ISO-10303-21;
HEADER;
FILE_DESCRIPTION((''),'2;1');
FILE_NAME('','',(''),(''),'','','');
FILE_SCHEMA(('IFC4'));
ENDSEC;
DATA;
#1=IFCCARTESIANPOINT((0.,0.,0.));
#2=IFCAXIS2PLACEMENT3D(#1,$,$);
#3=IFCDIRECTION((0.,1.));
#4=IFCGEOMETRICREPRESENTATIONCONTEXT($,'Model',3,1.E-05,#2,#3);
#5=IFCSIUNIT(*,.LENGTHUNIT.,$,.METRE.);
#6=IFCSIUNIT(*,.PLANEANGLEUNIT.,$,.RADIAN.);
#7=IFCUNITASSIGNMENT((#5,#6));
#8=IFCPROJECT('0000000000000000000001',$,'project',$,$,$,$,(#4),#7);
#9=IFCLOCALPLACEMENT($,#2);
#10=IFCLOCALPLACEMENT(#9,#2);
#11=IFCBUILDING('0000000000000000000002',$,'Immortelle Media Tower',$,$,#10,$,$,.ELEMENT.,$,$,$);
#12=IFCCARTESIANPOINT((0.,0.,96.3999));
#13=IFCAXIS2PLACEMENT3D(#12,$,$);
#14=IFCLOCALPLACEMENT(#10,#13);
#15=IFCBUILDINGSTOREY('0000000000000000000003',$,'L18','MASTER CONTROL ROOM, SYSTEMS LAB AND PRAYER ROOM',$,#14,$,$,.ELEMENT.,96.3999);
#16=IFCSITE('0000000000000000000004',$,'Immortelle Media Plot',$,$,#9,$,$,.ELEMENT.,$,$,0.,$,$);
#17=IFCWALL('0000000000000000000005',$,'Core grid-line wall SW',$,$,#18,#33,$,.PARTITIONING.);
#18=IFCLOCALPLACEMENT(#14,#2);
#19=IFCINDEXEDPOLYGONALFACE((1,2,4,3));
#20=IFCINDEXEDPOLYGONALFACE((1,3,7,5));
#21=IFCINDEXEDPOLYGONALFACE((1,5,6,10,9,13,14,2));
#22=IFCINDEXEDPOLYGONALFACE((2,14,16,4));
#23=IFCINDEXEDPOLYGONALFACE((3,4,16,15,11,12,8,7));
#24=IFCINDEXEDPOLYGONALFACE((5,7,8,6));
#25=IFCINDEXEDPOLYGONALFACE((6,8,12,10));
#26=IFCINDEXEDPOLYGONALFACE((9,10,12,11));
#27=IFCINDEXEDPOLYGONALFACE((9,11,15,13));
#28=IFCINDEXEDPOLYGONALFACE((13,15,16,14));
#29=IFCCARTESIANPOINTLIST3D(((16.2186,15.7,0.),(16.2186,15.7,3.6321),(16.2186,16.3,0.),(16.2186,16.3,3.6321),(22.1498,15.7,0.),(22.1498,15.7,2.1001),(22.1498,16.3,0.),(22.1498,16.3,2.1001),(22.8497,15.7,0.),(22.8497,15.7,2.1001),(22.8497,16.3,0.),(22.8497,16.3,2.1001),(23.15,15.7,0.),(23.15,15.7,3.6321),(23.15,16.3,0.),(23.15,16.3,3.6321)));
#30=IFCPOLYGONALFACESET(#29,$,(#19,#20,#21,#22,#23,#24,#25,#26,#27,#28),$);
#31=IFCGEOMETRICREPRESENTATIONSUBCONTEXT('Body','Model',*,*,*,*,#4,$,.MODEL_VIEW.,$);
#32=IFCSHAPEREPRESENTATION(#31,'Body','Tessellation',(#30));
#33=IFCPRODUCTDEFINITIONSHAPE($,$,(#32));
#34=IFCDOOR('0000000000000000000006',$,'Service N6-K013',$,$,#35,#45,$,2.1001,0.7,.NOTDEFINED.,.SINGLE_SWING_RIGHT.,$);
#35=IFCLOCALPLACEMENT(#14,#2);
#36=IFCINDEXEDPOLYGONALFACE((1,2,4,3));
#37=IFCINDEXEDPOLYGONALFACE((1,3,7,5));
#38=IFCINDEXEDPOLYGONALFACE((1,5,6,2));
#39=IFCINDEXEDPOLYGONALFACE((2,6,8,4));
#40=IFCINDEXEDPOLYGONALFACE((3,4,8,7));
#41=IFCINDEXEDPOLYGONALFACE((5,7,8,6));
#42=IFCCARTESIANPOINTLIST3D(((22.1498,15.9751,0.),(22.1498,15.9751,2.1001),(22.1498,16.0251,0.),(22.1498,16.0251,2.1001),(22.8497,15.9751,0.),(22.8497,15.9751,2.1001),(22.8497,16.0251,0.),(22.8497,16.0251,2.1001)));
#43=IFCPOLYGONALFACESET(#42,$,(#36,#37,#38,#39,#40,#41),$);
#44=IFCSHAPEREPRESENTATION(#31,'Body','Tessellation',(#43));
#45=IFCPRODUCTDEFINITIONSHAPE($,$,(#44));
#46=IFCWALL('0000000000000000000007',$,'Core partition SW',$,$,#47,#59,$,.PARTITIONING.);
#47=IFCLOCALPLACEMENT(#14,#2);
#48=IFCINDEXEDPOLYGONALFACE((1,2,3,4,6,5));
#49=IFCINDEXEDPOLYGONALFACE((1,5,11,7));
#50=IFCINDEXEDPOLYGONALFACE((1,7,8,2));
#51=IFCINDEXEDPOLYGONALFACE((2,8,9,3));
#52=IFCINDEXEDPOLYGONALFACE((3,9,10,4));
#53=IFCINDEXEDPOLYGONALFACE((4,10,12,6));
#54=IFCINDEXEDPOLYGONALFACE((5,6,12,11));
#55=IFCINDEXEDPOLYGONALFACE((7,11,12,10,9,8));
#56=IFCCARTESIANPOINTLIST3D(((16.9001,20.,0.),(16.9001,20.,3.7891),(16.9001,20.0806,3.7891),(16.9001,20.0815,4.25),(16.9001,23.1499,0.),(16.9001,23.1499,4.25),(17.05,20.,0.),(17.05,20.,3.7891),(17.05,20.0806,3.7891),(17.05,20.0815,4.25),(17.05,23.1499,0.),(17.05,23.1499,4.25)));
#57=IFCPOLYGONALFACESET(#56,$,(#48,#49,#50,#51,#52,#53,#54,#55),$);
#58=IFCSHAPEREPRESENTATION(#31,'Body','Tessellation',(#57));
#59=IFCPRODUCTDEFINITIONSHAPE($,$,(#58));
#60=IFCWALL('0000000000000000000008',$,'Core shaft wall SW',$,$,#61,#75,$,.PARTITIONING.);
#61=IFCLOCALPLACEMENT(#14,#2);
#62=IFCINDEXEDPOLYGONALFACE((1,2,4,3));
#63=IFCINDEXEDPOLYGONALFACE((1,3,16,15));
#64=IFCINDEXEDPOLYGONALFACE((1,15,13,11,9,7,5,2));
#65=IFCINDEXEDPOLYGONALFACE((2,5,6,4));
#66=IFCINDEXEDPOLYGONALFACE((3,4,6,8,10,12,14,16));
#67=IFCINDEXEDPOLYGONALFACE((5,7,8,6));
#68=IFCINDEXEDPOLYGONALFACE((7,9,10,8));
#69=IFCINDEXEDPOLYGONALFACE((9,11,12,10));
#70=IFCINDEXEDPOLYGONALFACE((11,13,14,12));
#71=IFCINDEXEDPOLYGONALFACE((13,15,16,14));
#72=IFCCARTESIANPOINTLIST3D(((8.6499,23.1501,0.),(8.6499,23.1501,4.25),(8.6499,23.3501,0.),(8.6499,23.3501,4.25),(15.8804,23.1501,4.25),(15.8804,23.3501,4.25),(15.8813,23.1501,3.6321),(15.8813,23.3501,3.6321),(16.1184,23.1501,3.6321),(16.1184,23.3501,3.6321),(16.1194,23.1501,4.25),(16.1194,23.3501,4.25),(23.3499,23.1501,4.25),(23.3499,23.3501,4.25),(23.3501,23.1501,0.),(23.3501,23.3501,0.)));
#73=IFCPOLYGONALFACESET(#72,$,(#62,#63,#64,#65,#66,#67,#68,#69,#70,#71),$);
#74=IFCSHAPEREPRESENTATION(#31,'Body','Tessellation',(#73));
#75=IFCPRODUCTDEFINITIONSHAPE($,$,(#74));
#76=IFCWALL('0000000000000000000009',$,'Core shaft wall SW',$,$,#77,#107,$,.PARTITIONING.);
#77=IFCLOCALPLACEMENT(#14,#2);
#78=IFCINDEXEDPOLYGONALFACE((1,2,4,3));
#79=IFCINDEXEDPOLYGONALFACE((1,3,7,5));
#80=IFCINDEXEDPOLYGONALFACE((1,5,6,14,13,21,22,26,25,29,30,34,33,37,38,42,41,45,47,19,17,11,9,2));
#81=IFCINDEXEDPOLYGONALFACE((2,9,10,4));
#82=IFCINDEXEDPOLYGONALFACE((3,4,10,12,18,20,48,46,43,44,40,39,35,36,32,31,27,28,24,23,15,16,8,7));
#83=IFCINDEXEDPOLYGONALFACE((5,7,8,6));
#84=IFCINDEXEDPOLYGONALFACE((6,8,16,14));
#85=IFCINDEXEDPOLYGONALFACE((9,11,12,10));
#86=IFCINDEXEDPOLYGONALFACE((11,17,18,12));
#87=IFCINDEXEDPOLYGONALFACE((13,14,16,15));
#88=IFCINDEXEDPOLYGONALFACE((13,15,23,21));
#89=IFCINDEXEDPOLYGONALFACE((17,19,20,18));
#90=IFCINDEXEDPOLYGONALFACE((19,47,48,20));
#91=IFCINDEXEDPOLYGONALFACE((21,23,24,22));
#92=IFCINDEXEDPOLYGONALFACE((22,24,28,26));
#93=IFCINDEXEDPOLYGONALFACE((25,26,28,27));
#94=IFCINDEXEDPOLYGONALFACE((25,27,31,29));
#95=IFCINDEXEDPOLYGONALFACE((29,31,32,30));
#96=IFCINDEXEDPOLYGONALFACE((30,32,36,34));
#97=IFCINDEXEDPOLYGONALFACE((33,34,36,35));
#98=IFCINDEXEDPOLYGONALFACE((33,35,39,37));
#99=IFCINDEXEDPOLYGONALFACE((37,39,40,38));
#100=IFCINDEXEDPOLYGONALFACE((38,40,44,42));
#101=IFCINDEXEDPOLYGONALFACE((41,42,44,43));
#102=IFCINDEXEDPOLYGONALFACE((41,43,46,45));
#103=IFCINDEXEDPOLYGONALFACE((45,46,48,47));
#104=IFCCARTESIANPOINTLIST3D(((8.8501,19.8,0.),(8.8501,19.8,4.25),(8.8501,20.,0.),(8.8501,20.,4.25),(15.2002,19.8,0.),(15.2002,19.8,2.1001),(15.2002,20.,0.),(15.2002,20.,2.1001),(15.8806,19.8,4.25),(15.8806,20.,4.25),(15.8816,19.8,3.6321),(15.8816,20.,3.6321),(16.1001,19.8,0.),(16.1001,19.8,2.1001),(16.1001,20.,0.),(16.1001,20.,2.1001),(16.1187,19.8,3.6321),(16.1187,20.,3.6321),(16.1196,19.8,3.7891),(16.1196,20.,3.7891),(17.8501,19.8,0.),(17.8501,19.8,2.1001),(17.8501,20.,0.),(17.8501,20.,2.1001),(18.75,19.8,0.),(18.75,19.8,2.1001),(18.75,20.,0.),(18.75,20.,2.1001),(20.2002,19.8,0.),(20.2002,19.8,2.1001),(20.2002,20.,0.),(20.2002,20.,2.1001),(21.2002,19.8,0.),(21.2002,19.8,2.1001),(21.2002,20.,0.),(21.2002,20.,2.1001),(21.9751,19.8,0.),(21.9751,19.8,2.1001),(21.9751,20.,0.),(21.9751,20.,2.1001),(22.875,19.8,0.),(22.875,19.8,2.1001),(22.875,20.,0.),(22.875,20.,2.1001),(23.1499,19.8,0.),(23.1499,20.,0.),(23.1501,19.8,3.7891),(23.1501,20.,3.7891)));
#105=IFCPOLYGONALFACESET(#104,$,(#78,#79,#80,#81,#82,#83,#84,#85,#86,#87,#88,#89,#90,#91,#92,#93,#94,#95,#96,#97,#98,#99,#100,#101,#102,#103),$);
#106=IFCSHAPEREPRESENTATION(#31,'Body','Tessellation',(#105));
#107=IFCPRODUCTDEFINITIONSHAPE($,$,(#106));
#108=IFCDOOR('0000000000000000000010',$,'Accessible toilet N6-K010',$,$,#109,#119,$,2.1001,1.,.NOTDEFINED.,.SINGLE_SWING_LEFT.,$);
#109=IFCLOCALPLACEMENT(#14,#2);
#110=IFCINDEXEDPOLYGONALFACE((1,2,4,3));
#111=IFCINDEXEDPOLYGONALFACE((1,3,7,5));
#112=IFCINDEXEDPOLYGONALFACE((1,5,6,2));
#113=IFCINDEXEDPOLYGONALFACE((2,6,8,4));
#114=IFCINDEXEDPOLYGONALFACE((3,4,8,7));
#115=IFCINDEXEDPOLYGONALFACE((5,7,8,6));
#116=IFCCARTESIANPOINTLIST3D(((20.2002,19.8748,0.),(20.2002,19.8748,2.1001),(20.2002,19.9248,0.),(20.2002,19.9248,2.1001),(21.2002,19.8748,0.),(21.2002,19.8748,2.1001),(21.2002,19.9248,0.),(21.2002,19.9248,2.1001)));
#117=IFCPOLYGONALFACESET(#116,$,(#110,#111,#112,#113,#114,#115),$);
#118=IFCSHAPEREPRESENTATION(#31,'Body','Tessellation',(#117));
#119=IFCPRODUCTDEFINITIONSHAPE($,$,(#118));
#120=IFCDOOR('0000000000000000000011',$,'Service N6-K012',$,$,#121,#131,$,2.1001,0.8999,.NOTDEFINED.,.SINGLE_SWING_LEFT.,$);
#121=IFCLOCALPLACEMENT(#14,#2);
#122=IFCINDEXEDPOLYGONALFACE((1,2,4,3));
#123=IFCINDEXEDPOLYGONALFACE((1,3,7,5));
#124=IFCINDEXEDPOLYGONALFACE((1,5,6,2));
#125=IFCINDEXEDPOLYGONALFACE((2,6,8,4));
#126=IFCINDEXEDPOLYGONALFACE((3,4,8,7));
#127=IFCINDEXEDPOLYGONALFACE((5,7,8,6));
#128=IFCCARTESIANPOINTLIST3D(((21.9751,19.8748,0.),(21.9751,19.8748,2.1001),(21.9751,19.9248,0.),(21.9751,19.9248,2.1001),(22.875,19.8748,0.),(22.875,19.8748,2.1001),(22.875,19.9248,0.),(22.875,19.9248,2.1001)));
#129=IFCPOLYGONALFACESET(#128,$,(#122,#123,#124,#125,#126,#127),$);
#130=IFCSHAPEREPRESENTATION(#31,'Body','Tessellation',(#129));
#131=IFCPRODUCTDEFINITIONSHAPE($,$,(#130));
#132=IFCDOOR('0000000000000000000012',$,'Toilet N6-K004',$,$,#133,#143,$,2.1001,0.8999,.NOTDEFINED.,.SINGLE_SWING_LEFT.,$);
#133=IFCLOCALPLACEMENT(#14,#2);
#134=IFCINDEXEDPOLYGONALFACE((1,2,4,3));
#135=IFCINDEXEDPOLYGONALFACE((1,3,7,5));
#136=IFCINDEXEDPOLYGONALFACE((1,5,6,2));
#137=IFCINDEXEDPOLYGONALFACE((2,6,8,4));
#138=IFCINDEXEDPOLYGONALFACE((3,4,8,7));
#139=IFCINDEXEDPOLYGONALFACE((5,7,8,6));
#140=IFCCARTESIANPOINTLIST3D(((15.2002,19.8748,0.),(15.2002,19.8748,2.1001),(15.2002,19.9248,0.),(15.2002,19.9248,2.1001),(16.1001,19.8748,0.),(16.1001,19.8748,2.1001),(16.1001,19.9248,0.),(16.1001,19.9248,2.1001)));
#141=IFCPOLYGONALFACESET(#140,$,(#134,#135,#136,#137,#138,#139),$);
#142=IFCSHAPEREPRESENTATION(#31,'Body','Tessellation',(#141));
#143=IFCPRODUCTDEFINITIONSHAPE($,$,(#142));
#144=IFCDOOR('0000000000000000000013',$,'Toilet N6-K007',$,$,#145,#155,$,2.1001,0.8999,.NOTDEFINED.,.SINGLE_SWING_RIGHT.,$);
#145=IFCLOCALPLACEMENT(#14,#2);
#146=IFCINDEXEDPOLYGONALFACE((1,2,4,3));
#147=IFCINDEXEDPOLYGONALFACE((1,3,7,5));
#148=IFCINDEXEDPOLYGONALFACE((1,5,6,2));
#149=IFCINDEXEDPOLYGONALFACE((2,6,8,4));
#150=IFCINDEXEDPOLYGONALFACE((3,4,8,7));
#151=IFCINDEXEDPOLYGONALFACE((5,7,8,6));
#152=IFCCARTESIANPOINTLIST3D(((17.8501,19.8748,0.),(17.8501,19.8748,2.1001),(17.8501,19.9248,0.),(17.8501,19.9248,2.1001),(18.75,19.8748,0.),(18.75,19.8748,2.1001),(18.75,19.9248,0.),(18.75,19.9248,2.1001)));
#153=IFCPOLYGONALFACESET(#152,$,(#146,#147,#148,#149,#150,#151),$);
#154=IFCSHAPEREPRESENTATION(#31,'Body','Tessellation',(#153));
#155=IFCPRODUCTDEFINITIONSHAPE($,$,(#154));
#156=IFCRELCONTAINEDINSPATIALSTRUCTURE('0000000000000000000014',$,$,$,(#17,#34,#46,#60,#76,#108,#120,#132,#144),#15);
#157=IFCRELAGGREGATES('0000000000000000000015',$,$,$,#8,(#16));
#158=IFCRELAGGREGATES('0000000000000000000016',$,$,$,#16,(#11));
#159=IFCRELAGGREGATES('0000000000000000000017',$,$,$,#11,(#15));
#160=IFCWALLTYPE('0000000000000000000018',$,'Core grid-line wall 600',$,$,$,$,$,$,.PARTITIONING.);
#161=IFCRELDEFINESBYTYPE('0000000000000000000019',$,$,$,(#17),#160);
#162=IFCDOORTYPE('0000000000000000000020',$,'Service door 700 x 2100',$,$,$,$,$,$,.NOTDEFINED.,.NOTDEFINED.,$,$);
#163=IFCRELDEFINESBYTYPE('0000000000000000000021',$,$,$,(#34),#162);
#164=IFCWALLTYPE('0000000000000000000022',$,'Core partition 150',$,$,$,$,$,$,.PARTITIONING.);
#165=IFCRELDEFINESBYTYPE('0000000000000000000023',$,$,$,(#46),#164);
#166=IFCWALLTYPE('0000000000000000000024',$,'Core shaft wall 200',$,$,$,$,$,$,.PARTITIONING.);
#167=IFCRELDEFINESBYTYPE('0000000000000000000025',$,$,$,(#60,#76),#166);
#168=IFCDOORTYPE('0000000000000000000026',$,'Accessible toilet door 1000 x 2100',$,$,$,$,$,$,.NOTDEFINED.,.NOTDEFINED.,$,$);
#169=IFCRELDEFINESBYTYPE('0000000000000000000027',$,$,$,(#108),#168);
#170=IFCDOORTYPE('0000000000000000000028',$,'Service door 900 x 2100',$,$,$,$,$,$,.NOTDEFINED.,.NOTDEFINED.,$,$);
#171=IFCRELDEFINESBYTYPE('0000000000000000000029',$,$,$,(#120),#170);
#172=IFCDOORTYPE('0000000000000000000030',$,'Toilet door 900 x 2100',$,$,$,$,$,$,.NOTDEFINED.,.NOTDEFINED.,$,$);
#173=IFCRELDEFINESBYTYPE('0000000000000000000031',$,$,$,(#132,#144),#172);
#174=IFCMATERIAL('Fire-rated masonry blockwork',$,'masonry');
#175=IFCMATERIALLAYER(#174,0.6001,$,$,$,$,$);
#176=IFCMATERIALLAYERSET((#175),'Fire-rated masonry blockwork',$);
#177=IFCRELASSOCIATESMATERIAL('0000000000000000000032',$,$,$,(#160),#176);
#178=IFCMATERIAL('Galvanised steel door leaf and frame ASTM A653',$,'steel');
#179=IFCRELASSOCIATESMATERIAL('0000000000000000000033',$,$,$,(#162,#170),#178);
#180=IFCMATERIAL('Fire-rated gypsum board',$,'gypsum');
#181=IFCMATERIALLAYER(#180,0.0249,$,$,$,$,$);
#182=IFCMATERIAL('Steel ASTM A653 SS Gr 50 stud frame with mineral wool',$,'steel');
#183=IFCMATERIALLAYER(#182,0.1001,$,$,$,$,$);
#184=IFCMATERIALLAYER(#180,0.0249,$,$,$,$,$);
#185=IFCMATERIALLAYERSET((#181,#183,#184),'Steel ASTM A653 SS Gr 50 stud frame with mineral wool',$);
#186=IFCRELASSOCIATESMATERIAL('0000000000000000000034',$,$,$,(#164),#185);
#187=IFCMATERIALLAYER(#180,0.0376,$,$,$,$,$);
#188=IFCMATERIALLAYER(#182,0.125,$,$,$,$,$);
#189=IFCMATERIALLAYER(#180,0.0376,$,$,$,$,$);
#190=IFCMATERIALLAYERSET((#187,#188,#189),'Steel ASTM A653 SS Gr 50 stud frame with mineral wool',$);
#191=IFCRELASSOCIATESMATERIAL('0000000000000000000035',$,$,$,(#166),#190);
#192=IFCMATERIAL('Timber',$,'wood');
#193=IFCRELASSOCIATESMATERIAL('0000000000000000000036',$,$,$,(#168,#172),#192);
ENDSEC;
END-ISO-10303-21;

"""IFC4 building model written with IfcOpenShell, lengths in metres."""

from ifc_helpers import new_model, si_unit, direction, frame, frame_2d, origin, place, context, subcontext, project, spatial, polyline, rectangle, outline, extrude, material, layer, layer_set, type_object, element, fill, save


model = new_model("IFC4")

# Units and contexts
model_context = context("Model", 3, precision=1e-05, world=origin(), true_north=direction((0.0, 1.0)))
body_context = subcontext(model_context, "Body", "Model", "MODEL_VIEW")
ifc_project = project(units=[si_unit("LENGTHUNIT", "METRE"), si_unit("PLANEANGLEUNIT", "RADIAN")], contexts=[model_context])

# Site, building, storey
site_placement = place(None, origin())
site = spatial("IfcSite", under=ifc_project, at=site_placement, Name="Immortelle Media Plot", CompositionType="ELEMENT", RefElevation=0.0)
building_placement = place(site_placement, origin())
building = spatial("IfcBuilding", under=site, at=building_placement, Name="Immortelle Media Tower", CompositionType="ELEMENT")
storey_placement = place(building_placement, frame((0.0, 0.0, 96.3999)))
storey = spatial("IfcBuildingStorey", under=building, at=storey_placement, Name="L18", Description="MASTER CONTROL ROOM, SYSTEMS LAB AND PRAYER ROOM", CompositionType="ELEMENT", Elevation=96.3999)

# Wall, opening, door
ifc_material_1 = material(Name="Fire-rated masonry blockwork", Category="masonry")
ifc_layer_1 = layer(ifc_material_1, 0.6001)
ifc_layer_set_1 = layer_set([ifc_layer_1], Name="Fire-rated masonry blockwork")
wall_type_1 = type_object("IfcWallType", Name="Core grid-line wall 600", PredefinedType="PARTITIONING", material=ifc_layer_set_1)
wall_1_placement = place(storey_placement, frame((16.2185, 16.0, 0.0), z_axis=(0.0, 0.0, 1.0), x_axis=(1.0, 0.0, 0.0)))
wall_1 = element("IfcWall", 1, at=wall_1_placement, inside=storey, type_object=wall_type_1, Name="Core grid-line wall SW", PredefinedType="PARTITIONING", context=body_context, shape_type="SweptSolid", body=[
    extrude(rectangle(XDim=6.9314, YDim=0.6001, at=frame_2d((3.4658, 0.0))), origin(), (0.0, 0.0, 1.0), 3.6321),
])
opening_1_placement = place(wall_1_placement, frame((6.6313, 0.0, 0.0), z_axis=(0.0, 0.0, 1.0), x_axis=(-1.0, 0.0, 0.0)))
opening_1 = element("IfcOpeningElement", 2, at=opening_1_placement, cuts=wall_1, PredefinedType="OPENING", context=body_context, shape_type="SweptSolid", body=[
    extrude(rectangle(XDim=0.7, YDim=2.1001, at=frame_2d((0.3501, 1.05))), frame((0.0, 0.3101, 0.0), z_axis=(0.0, -1.0, 0.0), x_axis=(1.0, 0.0, 0.0)), (0.0, 0.0, 1.0), 0.6201),
])
ifc_material_2 = material(Name="Galvanised steel door leaf and frame ASTM A653", Category="steel")
door_type_1 = type_object("IfcDoorType", Name="Service door 700 x 2100", OperationType="NOTDEFINED", PredefinedType="NOTDEFINED", material=ifc_material_2)
door_1_placement = place(opening_1_placement, origin())
door_1 = element("IfcDoor", 3, at=door_1_placement, inside=storey, type_object=door_type_1, Name="Service N6-K013", OperationType="SINGLE_SWING_RIGHT", OverallHeight=2.1001, OverallWidth=0.7, PredefinedType="NOTDEFINED", context=body_context, shape_type="SweptSolid", body=[
    extrude(rectangle(XDim=0.7, YDim=2.1001, at=frame_2d((0.3501, 1.05))), frame((0.0, 0.0249, 0.0), z_axis=(0.0, -1.0, 0.0), x_axis=(1.0, 0.0, 0.0)), (0.0, 0.0, 1.0), 0.05),
])
fill(opening_1, door_1)

# Walls
ifc_material_3 = material(Name="Fire-rated gypsum board", Category="gypsum")
ifc_layer_2 = layer(ifc_material_3, 0.0249)
ifc_material_4 = material(Name="Steel ASTM A653 SS Gr 50 stud frame with mineral wool", Category="steel")
ifc_layer_3 = layer(ifc_material_4, 0.1001)
ifc_layer_4 = layer(ifc_material_3, 0.0249)
ifc_layer_set_2 = layer_set([ifc_layer_2, ifc_layer_3, ifc_layer_4], Name="Steel ASTM A653 SS Gr 50 stud frame with mineral wool")
wall_type_2 = type_object("IfcWallType", Name="Core partition 150", PredefinedType="PARTITIONING", material=ifc_layer_set_2)
wall_2_placement = place(storey_placement, frame((16.9751, 20.0, 0.0), z_axis=(0.0, 0.0, 1.0), x_axis=(0.0, 1.0, 0.0)))
element("IfcWall", 4, at=wall_2_placement, inside=storey, type_object=wall_type_2, Name="Core partition SW", PredefinedType="PARTITIONING", context=body_context, shape_type="SweptSolid", body=[
    extrude(outline(polyline([(0.0, 0.0), (3.1499, 0.0), (3.1499, 4.25), (0.0815, 4.25), (0.0806, 3.7891), (0.0, 3.7891), (0.0, 0.0)])), frame((0.0, 0.075, 0.0), z_axis=(0.0, -1.0, 0.0), x_axis=(1.0, 0.0, 0.0)), (0.0, 0.0, 1.0), 0.1499),
])
ifc_layer_5 = layer(ifc_material_3, 0.0376)
ifc_layer_6 = layer(ifc_material_4, 0.125)
ifc_layer_7 = layer(ifc_material_3, 0.0376)
ifc_layer_set_3 = layer_set([ifc_layer_5, ifc_layer_6, ifc_layer_7], Name="Steel ASTM A653 SS Gr 50 stud frame with mineral wool")
wall_type_3 = type_object("IfcWallType", Name="Core shaft wall 200", PredefinedType="PARTITIONING", material=ifc_layer_set_3)
wall_3_placement = place(storey_placement, frame((8.6499, 23.25, 0.0), z_axis=(0.0, 0.0, 1.0), x_axis=(1.0, 0.0, 0.0)))
element("IfcWall", 5, at=wall_3_placement, inside=storey, type_object=wall_type_3, Name="Core shaft wall SW", PredefinedType="PARTITIONING", context=body_context, shape_type="SweptSolid", body=[
    extrude(outline(polyline([(0.0, 0.0), (14.7002, 0.0), (14.7, 4.25), (7.4695, 4.25), (7.4685, 3.6321), (7.2314, 3.6321), (7.2305, 4.25), (0.0, 4.25), (0.0, 0.0)])), frame((0.0, 0.1001, 0.0), z_axis=(0.0, -1.0, 0.0), x_axis=(1.0, 0.0, 0.0)), (0.0, 0.0, 1.0), 0.2),
])

# Wall, openings, doors
wall_4_placement = place(storey_placement, frame((8.8501, 19.8999, 0.0), z_axis=(0.0, 0.0, 1.0), x_axis=(1.0, 0.0, 0.0)))
wall_4 = element("IfcWall", 6, at=wall_4_placement, inside=storey, type_object=wall_type_3, Name="Core shaft wall SW", PredefinedType="PARTITIONING", context=body_context, shape_type="SweptSolid", body=[
    extrude(outline(polyline([(0.0, 0.0), (14.2998, 0.0), (14.3, 3.7891), (7.2695, 3.7891), (7.2686, 3.6321), (7.0315, 3.6321), (7.0305, 4.25), (0.0, 4.25), (0.0, 0.0)])), frame((0.0, 0.1001, 0.0), z_axis=(0.0, -1.0, 0.0), x_axis=(1.0, 0.0, 0.0)), (0.0, 0.0, 1.0), 0.2),
])
opening_2_placement = place(wall_4_placement, frame((6.3501, 0.0, 0.0)))
opening_2 = element("IfcOpeningElement", 7, at=opening_2_placement, cuts=wall_4, PredefinedType="OPENING", context=body_context, shape_type="SweptSolid", body=[
    extrude(rectangle(XDim=0.8999, YDim=2.1001, at=frame_2d((0.45, 1.05))), frame((0.0, 0.1099, 0.0), z_axis=(0.0, -1.0, 0.0), x_axis=(1.0, 0.0, 0.0)), (0.0, 0.0, 1.0), 0.22),
])
opening_3_placement = place(wall_4_placement, frame((9.0, 0.0, 0.0)))
opening_3 = element("IfcOpeningElement", 8, at=opening_3_placement, cuts=wall_4, PredefinedType="OPENING", context=body_context, shape_type="SweptSolid", body=[
    extrude(rectangle(XDim=0.8999, YDim=2.1001, at=frame_2d((0.45, 1.05))), frame((0.0, 0.1099, 0.0), z_axis=(0.0, -1.0, 0.0), x_axis=(1.0, 0.0, 0.0)), (0.0, 0.0, 1.0), 0.22),
])
opening_4_placement = place(wall_4_placement, frame((11.3501, 0.0, 0.0)))
opening_4 = element("IfcOpeningElement", 9, at=opening_4_placement, cuts=wall_4, PredefinedType="OPENING", context=body_context, shape_type="SweptSolid", body=[
    extrude(rectangle(XDim=1.0, YDim=2.1001, at=frame_2d((0.5, 1.05))), frame((0.0, 0.1099, 0.0), z_axis=(0.0, -1.0, 0.0), x_axis=(1.0, 0.0, 0.0)), (0.0, 0.0, 1.0), 0.22),
])
opening_5_placement = place(wall_4_placement, frame((13.125, 0.0, 0.0)))
opening_5 = element("IfcOpeningElement", 10, at=opening_5_placement, cuts=wall_4, PredefinedType="OPENING", context=body_context, shape_type="SweptSolid", body=[
    extrude(rectangle(XDim=0.8999, YDim=2.1001, at=frame_2d((0.45, 1.05))), frame((0.0, 0.1099, 0.0), z_axis=(0.0, -1.0, 0.0), x_axis=(1.0, 0.0, 0.0)), (0.0, 0.0, 1.0), 0.22),
])
ifc_material_5 = material(Name="Timber", Category="wood")
door_type_2 = type_object("IfcDoorType", Name="Accessible toilet door 1000 x 2100", OperationType="NOTDEFINED", PredefinedType="NOTDEFINED", material=ifc_material_5)
door_2_placement = place(opening_4_placement, origin())
door_2 = element("IfcDoor", 11, at=door_2_placement, inside=storey, type_object=door_type_2, Name="Accessible toilet N6-K010", OperationType="SINGLE_SWING_LEFT", OverallHeight=2.1001, OverallWidth=1.0, PredefinedType="NOTDEFINED", context=body_context, shape_type="SweptSolid", body=[
    extrude(rectangle(XDim=1.0, YDim=2.1001, at=frame_2d((0.5, 1.05))), frame((0.0, 0.0249, 0.0), z_axis=(0.0, -1.0, 0.0), x_axis=(1.0, 0.0, 0.0)), (0.0, 0.0, 1.0), 0.05),
])
fill(opening_4, door_2)
door_type_3 = type_object("IfcDoorType", Name="Service door 900 x 2100", OperationType="NOTDEFINED", PredefinedType="NOTDEFINED", material=ifc_material_2)
door_3_placement = place(opening_5_placement, origin())
door_3 = element("IfcDoor", 12, at=door_3_placement, inside=storey, type_object=door_type_3, Name="Service N6-K012", OperationType="SINGLE_SWING_LEFT", OverallHeight=2.1001, OverallWidth=0.8999, PredefinedType="NOTDEFINED", context=body_context, shape_type="SweptSolid", body=[
    extrude(rectangle(XDim=0.8999, YDim=2.1001, at=frame_2d((0.45, 1.05))), frame((0.0, 0.0249, 0.0), z_axis=(0.0, -1.0, 0.0), x_axis=(1.0, 0.0, 0.0)), (0.0, 0.0, 1.0), 0.05),
])
fill(opening_5, door_3)
door_type_4 = type_object("IfcDoorType", Name="Toilet door 900 x 2100", OperationType="NOTDEFINED", PredefinedType="NOTDEFINED", material=ifc_material_5)
door_4_placement = place(opening_2_placement, origin())
door_4 = element("IfcDoor", 13, at=door_4_placement, inside=storey, type_object=door_type_4, Name="Toilet N6-K004", OperationType="SINGLE_SWING_LEFT", OverallHeight=2.1001, OverallWidth=0.8999, PredefinedType="NOTDEFINED", context=body_context, shape_type="SweptSolid", body=[
    extrude(rectangle(XDim=0.8999, YDim=2.1001, at=frame_2d((0.45, 1.05))), frame((0.0, 0.0249, 0.0), z_axis=(0.0, -1.0, 0.0), x_axis=(1.0, 0.0, 0.0)), (0.0, 0.0, 1.0), 0.05),
])
fill(opening_2, door_4)
door_5_placement = place(opening_3_placement, origin())
door_5 = element("IfcDoor", 14, at=door_5_placement, inside=storey, type_object=door_type_4, Name="Toilet N6-K007", OperationType="SINGLE_SWING_RIGHT", OverallHeight=2.1001, OverallWidth=0.8999, PredefinedType="NOTDEFINED", context=body_context, shape_type="SweptSolid", body=[
    extrude(rectangle(XDim=0.8999, YDim=2.1001, at=frame_2d((0.45, 1.05))), frame((0.0, 0.0249, 0.0), z_axis=(0.0, -1.0, 0.0), x_axis=(1.0, 0.0, 0.0)), (0.0, 0.0, 1.0), 0.05),
])
fill(opening_3, door_5)

save(model, "model.ifc")
